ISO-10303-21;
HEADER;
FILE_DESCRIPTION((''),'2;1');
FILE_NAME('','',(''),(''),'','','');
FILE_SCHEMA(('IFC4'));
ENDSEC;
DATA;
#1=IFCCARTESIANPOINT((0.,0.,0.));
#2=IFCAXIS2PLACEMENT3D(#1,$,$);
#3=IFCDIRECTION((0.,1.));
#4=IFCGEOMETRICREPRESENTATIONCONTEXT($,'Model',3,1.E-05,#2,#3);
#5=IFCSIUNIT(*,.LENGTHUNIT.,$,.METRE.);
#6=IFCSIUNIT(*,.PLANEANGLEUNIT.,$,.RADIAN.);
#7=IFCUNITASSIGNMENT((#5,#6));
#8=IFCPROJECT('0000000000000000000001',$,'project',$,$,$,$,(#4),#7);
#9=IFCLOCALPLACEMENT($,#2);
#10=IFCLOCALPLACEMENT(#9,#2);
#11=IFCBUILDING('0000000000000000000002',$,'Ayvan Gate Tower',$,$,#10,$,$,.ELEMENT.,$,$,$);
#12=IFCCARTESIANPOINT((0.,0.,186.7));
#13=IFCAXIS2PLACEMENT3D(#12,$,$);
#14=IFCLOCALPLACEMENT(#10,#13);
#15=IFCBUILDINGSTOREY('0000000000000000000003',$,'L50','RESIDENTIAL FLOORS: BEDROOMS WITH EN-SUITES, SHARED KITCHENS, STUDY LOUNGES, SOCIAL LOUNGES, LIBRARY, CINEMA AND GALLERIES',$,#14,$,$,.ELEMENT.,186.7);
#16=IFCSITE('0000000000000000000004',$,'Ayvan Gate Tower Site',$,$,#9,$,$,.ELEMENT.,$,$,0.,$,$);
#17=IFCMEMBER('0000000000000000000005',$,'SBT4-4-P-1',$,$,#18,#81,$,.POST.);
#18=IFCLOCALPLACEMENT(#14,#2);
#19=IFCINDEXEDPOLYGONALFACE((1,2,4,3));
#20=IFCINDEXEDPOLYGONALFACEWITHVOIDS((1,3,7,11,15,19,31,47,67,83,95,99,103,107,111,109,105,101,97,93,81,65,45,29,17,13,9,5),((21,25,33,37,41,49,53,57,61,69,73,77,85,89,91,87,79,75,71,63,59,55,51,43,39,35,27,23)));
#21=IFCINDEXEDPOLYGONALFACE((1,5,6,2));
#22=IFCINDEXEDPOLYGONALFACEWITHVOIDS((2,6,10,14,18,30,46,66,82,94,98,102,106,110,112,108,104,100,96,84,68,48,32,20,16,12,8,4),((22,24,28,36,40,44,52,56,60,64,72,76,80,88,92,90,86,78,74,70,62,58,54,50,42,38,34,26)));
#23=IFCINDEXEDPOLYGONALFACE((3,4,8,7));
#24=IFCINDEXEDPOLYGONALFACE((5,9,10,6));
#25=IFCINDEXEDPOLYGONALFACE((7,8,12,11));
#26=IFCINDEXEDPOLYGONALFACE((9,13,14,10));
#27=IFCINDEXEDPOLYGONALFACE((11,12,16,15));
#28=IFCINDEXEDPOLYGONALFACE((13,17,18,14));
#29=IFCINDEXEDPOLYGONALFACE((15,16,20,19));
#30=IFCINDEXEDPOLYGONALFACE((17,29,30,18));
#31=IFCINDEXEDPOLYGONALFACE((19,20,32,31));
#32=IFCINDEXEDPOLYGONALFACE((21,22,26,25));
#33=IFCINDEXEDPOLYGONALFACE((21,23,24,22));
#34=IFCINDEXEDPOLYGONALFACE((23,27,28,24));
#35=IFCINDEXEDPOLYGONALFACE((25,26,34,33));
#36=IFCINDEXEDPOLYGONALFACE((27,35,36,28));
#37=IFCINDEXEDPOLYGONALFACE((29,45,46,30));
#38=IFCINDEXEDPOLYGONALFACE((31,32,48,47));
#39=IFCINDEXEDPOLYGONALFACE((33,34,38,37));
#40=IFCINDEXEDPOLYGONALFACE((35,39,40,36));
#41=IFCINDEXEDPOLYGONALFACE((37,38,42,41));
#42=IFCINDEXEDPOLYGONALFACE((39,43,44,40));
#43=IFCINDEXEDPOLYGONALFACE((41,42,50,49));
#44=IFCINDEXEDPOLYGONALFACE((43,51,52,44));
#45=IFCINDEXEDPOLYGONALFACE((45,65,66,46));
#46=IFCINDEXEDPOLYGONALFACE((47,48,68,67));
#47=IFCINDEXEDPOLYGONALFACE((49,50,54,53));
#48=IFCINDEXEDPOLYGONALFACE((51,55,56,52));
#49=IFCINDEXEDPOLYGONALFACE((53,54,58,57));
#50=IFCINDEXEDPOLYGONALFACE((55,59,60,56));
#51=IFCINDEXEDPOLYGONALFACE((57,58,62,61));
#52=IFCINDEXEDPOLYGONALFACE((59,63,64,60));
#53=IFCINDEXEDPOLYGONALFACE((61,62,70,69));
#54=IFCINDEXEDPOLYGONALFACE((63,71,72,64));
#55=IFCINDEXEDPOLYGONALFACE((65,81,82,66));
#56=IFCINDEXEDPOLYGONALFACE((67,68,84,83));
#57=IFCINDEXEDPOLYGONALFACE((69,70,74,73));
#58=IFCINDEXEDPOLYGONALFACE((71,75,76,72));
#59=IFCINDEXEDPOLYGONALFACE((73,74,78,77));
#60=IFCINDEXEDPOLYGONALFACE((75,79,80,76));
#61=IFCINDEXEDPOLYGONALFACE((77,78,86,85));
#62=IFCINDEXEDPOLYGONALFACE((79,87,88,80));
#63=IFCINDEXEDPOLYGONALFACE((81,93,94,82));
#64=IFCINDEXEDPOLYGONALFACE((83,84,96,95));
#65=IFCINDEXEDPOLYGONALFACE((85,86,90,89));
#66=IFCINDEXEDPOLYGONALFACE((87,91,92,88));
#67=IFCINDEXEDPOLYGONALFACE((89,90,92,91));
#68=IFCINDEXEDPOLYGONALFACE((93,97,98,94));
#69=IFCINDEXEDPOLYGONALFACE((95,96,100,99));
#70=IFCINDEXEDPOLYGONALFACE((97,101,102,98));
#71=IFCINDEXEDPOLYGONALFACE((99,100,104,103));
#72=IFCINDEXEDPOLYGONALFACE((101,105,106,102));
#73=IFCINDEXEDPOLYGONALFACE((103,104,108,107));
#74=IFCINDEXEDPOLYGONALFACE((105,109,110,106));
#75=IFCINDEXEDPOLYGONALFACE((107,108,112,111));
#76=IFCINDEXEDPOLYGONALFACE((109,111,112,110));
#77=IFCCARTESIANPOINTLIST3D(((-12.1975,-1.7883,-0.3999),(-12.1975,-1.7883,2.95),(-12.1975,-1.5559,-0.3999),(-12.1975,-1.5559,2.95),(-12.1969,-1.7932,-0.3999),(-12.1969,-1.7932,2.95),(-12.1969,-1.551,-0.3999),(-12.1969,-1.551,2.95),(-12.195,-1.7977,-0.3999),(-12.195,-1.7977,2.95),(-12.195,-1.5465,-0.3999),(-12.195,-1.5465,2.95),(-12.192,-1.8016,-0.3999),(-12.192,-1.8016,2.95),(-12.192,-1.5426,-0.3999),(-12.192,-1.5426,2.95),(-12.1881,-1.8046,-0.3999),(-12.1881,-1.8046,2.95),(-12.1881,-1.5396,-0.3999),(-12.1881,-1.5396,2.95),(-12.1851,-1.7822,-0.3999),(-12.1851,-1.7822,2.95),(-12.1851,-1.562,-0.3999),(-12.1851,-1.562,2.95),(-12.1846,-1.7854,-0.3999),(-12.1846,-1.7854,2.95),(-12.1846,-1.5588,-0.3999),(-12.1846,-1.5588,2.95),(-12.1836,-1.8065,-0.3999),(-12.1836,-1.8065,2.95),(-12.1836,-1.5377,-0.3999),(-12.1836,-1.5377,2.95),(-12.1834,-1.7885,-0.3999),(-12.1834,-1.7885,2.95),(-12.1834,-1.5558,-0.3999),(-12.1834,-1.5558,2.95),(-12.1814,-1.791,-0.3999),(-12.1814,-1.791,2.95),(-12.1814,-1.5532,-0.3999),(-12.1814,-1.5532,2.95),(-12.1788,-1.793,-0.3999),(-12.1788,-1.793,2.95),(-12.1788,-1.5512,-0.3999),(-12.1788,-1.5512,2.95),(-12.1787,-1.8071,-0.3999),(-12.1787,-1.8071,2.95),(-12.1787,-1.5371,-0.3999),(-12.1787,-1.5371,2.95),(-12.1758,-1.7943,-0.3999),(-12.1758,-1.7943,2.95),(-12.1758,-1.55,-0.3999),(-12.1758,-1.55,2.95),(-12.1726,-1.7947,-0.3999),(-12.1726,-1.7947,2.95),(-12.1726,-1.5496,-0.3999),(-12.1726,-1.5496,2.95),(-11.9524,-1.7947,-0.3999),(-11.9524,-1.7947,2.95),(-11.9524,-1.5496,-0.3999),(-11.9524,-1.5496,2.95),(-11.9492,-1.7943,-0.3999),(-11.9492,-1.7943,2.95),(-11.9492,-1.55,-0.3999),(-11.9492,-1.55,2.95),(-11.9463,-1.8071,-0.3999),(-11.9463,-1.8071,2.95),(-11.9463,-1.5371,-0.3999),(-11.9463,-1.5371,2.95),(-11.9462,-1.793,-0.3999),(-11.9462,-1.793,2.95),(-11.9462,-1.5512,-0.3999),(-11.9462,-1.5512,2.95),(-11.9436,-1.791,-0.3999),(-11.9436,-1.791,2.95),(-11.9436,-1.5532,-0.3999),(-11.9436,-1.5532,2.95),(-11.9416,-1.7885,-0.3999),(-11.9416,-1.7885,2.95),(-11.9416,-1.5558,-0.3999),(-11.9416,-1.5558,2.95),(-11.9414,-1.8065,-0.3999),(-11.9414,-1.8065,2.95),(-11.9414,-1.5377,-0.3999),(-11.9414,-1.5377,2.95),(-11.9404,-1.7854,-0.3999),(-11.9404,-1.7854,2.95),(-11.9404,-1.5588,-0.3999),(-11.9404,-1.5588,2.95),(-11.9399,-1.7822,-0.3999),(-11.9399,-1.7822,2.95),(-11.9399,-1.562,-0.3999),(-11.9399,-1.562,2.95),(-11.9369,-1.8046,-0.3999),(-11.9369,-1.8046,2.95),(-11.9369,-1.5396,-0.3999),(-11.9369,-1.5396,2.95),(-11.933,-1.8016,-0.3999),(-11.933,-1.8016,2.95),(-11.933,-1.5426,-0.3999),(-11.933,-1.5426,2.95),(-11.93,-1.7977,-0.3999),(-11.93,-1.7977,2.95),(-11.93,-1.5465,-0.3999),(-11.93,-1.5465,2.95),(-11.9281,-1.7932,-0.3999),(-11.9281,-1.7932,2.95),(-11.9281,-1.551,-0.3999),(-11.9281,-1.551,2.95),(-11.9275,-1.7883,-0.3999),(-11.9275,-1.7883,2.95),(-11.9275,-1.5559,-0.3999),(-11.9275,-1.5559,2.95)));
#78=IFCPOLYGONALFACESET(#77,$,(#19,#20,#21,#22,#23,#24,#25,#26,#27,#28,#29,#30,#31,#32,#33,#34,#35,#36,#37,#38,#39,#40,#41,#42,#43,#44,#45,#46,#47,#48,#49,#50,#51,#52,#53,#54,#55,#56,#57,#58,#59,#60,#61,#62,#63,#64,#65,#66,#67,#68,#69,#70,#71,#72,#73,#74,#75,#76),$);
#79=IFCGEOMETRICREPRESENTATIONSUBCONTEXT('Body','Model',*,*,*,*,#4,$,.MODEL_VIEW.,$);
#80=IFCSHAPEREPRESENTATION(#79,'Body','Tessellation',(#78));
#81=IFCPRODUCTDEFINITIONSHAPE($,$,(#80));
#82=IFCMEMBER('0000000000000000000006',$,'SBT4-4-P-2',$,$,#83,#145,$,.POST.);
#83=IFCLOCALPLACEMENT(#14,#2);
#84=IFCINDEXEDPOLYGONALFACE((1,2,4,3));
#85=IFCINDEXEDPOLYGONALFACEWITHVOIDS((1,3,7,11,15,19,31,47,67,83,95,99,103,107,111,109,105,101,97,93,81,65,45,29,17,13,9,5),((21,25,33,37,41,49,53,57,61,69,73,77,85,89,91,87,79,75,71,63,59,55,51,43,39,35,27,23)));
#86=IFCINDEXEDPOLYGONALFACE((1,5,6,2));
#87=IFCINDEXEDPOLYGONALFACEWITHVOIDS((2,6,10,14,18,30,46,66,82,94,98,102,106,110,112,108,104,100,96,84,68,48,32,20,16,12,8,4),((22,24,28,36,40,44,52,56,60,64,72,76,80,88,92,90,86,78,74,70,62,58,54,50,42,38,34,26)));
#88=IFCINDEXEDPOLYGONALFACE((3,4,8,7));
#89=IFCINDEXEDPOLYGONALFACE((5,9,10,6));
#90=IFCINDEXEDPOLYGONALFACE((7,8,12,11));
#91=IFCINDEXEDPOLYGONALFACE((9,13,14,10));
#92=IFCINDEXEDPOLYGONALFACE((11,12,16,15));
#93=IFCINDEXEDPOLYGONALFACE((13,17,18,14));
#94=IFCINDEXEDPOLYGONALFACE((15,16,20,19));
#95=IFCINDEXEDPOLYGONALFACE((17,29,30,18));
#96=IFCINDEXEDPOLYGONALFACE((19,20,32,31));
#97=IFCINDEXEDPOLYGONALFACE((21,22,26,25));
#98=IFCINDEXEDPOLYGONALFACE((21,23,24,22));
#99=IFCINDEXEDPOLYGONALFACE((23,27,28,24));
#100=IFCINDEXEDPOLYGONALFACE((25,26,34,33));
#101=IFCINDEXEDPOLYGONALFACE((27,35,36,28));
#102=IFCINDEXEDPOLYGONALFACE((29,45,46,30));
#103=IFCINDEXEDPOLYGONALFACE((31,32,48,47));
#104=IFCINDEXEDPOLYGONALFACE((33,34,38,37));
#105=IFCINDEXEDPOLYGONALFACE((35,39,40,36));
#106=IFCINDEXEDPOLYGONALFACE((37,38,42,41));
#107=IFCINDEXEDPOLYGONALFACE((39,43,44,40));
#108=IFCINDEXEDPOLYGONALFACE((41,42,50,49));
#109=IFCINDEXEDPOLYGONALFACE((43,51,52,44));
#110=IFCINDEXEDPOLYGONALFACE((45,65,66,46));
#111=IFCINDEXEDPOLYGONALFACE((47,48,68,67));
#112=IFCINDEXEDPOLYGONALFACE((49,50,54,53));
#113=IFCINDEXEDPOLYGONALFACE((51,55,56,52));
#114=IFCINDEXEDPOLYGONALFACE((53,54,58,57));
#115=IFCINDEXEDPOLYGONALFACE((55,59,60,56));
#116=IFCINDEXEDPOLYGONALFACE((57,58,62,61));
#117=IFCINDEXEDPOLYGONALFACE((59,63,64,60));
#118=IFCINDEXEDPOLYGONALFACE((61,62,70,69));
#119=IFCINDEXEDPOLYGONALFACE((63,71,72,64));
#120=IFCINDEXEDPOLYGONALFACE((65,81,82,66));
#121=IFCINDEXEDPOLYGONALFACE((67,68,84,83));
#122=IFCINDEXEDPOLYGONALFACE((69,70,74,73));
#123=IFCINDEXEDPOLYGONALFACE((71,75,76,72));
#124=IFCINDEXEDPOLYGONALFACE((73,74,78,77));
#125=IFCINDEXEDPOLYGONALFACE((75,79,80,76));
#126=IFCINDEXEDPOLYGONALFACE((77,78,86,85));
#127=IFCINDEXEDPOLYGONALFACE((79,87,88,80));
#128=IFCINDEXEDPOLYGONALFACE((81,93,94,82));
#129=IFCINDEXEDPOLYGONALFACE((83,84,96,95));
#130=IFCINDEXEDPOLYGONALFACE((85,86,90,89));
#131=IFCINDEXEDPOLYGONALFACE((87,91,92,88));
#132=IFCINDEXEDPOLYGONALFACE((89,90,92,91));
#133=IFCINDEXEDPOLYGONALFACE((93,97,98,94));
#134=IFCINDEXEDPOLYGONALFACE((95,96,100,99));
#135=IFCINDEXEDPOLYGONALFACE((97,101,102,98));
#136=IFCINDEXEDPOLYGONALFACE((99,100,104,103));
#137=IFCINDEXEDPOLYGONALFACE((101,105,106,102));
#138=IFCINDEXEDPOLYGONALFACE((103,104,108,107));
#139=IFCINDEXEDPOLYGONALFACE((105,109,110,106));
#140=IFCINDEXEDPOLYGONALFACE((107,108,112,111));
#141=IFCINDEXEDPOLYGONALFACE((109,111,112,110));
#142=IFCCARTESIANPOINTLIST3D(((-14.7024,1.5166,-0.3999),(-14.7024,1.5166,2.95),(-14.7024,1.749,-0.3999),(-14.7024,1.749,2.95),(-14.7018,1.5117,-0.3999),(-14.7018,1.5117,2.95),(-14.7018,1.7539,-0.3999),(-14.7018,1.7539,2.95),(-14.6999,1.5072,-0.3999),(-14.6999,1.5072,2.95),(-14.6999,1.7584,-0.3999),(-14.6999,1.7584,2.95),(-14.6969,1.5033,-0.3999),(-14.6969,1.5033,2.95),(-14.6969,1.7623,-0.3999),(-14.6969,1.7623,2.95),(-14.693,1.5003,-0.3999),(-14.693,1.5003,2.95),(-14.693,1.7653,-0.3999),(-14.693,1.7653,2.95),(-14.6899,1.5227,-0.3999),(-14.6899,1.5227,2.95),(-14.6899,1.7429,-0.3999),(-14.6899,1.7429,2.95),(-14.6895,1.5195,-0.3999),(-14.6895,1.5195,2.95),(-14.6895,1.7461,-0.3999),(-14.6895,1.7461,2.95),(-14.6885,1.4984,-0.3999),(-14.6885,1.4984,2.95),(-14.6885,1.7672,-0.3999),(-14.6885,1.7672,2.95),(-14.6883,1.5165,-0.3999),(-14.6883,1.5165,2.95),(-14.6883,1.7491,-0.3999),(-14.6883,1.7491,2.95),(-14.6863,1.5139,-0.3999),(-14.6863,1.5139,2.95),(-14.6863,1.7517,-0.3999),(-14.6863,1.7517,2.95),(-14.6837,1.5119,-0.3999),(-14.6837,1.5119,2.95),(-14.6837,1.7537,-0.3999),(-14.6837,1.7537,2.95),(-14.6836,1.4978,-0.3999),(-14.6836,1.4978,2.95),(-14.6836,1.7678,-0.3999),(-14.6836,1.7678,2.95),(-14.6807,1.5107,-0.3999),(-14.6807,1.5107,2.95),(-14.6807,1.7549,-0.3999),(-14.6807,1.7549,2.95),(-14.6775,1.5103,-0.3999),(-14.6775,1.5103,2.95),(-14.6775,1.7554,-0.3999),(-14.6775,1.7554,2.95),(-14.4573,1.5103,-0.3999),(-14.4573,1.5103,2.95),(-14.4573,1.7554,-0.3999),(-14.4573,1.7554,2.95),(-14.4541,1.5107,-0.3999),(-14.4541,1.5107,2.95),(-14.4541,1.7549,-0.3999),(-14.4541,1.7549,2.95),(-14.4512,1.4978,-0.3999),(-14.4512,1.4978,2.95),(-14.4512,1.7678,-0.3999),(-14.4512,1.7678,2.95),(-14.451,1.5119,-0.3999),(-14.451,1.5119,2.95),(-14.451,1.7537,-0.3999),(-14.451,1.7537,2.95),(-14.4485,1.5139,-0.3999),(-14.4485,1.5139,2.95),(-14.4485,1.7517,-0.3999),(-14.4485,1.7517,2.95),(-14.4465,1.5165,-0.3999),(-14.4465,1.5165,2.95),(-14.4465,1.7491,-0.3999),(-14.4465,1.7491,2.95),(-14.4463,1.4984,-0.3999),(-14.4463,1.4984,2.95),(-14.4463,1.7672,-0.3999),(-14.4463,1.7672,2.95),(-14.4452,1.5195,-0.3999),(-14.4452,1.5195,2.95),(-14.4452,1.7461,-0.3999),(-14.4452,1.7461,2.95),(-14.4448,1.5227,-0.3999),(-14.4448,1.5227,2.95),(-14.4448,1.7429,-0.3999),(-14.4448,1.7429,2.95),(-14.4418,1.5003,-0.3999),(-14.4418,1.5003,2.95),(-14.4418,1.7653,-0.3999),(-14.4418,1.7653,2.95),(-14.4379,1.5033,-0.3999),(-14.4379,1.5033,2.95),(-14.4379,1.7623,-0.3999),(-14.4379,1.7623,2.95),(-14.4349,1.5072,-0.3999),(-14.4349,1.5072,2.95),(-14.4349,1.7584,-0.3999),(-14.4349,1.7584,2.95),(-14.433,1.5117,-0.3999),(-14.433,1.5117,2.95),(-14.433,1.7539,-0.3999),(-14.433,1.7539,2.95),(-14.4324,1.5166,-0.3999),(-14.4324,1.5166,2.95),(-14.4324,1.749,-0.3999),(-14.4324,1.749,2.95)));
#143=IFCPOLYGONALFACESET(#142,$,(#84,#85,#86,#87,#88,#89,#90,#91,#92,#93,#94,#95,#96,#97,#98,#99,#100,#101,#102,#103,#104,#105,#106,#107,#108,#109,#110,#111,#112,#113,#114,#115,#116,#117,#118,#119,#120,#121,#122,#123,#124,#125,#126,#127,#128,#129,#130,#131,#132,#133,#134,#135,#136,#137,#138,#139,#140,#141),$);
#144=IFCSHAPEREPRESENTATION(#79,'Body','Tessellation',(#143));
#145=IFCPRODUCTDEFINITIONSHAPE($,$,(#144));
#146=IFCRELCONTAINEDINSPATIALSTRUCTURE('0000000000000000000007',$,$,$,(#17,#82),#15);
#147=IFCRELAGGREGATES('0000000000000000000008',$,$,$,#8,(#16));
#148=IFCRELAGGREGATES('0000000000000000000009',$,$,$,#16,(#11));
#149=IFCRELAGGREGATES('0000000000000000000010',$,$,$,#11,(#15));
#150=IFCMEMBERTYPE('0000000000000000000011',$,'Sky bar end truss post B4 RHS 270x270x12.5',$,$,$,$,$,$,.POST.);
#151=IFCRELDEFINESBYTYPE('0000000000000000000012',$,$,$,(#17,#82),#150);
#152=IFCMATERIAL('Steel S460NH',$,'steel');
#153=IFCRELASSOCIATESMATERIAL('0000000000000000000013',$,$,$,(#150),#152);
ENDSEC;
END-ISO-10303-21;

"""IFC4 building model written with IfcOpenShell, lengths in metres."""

from ifc_helpers import new_model, si_unit, direction, frame, origin, origin_2d, place, context, subcontext, project, spatial, hollow_rectangle, extrude, material, material_profile, profile_set, type_object, element, save


model = new_model("IFC4")

# Units and contexts
model_context = context("Model", 3, precision=1e-05, world=origin(), true_north=direction((0.0, 1.0)))
body_context = subcontext(model_context, "Body", "Model", "MODEL_VIEW")
ifc_project = project(units=[si_unit("LENGTHUNIT", "METRE"), si_unit("PLANEANGLEUNIT", "RADIAN")], contexts=[model_context])

# Site, building, storey
site_placement = place(None, origin())
site = spatial("IfcSite", under=ifc_project, at=site_placement, Name="Ayvan Gate Tower Site", CompositionType="ELEMENT", RefElevation=0.0)
building_placement = place(site_placement, origin())
building = spatial("IfcBuilding", under=site, at=building_placement, Name="Ayvan Gate Tower", CompositionType="ELEMENT")
storey_placement = place(building_placement, frame((0.0, 0.0, 186.7)))
storey = spatial("IfcBuildingStorey", under=building, at=storey_placement, Name="L50", Description="RESIDENTIAL FLOORS: BEDROOMS WITH EN-SUITES, SHARED KITCHENS, STUDY LOUNGES, SOCIAL LOUNGES, LIBRARY, CINEMA AND GALLERIES", CompositionType="ELEMENT", Elevation=186.7)

# Members
ifc_material_1 = material(Name="Steel S460NH", Category="steel")
ifc_material_profile_1 = material_profile(ifc_material_1, hollow_rectangle(XDim=0.27, YDim=0.27, WallThickness=0.0125, InnerFilletRadius=0.0125, OuterFilletRadius=0.0188, at=origin_2d()), Name="RHS 270x270x12.5")
ifc_profile_set_1 = profile_set([ifc_material_profile_1], Name="Steel S460NH")
member_type_1 = type_object("IfcMemberType", Name="Sky bar end truss post B4 RHS 270x270x12.5", PredefinedType="POST", material=ifc_profile_set_1)
for number, where, z_axis, x_axis, name in (
    (1, (-12.0625, -1.6721, -0.3999), (0.0, 0.0, 1.0), (1.0, 0.0, 0.0), "SBT4-4-P-1"),
    (2, (-14.5674, 1.6328, -0.3999), (0.0, 0.0, 1.0), (1.0, 0.0, 0.0), "SBT4-4-P-2"),
):
    element("IfcMember", number, at=place(storey_placement, frame(where, z_axis=z_axis, x_axis=x_axis)), inside=storey, type_object=member_type_1, Name=name, PredefinedType="POST", context=body_context, shape_type="SweptSolid", body=[
        extrude(hollow_rectangle(XDim=0.27, YDim=0.27, WallThickness=0.0125, InnerFilletRadius=0.0125, OuterFilletRadius=0.0188, at=origin_2d()), origin(), (0.0, 0.0, 1.0), 3.3499),
    ])

save(model, "model.ifc")
